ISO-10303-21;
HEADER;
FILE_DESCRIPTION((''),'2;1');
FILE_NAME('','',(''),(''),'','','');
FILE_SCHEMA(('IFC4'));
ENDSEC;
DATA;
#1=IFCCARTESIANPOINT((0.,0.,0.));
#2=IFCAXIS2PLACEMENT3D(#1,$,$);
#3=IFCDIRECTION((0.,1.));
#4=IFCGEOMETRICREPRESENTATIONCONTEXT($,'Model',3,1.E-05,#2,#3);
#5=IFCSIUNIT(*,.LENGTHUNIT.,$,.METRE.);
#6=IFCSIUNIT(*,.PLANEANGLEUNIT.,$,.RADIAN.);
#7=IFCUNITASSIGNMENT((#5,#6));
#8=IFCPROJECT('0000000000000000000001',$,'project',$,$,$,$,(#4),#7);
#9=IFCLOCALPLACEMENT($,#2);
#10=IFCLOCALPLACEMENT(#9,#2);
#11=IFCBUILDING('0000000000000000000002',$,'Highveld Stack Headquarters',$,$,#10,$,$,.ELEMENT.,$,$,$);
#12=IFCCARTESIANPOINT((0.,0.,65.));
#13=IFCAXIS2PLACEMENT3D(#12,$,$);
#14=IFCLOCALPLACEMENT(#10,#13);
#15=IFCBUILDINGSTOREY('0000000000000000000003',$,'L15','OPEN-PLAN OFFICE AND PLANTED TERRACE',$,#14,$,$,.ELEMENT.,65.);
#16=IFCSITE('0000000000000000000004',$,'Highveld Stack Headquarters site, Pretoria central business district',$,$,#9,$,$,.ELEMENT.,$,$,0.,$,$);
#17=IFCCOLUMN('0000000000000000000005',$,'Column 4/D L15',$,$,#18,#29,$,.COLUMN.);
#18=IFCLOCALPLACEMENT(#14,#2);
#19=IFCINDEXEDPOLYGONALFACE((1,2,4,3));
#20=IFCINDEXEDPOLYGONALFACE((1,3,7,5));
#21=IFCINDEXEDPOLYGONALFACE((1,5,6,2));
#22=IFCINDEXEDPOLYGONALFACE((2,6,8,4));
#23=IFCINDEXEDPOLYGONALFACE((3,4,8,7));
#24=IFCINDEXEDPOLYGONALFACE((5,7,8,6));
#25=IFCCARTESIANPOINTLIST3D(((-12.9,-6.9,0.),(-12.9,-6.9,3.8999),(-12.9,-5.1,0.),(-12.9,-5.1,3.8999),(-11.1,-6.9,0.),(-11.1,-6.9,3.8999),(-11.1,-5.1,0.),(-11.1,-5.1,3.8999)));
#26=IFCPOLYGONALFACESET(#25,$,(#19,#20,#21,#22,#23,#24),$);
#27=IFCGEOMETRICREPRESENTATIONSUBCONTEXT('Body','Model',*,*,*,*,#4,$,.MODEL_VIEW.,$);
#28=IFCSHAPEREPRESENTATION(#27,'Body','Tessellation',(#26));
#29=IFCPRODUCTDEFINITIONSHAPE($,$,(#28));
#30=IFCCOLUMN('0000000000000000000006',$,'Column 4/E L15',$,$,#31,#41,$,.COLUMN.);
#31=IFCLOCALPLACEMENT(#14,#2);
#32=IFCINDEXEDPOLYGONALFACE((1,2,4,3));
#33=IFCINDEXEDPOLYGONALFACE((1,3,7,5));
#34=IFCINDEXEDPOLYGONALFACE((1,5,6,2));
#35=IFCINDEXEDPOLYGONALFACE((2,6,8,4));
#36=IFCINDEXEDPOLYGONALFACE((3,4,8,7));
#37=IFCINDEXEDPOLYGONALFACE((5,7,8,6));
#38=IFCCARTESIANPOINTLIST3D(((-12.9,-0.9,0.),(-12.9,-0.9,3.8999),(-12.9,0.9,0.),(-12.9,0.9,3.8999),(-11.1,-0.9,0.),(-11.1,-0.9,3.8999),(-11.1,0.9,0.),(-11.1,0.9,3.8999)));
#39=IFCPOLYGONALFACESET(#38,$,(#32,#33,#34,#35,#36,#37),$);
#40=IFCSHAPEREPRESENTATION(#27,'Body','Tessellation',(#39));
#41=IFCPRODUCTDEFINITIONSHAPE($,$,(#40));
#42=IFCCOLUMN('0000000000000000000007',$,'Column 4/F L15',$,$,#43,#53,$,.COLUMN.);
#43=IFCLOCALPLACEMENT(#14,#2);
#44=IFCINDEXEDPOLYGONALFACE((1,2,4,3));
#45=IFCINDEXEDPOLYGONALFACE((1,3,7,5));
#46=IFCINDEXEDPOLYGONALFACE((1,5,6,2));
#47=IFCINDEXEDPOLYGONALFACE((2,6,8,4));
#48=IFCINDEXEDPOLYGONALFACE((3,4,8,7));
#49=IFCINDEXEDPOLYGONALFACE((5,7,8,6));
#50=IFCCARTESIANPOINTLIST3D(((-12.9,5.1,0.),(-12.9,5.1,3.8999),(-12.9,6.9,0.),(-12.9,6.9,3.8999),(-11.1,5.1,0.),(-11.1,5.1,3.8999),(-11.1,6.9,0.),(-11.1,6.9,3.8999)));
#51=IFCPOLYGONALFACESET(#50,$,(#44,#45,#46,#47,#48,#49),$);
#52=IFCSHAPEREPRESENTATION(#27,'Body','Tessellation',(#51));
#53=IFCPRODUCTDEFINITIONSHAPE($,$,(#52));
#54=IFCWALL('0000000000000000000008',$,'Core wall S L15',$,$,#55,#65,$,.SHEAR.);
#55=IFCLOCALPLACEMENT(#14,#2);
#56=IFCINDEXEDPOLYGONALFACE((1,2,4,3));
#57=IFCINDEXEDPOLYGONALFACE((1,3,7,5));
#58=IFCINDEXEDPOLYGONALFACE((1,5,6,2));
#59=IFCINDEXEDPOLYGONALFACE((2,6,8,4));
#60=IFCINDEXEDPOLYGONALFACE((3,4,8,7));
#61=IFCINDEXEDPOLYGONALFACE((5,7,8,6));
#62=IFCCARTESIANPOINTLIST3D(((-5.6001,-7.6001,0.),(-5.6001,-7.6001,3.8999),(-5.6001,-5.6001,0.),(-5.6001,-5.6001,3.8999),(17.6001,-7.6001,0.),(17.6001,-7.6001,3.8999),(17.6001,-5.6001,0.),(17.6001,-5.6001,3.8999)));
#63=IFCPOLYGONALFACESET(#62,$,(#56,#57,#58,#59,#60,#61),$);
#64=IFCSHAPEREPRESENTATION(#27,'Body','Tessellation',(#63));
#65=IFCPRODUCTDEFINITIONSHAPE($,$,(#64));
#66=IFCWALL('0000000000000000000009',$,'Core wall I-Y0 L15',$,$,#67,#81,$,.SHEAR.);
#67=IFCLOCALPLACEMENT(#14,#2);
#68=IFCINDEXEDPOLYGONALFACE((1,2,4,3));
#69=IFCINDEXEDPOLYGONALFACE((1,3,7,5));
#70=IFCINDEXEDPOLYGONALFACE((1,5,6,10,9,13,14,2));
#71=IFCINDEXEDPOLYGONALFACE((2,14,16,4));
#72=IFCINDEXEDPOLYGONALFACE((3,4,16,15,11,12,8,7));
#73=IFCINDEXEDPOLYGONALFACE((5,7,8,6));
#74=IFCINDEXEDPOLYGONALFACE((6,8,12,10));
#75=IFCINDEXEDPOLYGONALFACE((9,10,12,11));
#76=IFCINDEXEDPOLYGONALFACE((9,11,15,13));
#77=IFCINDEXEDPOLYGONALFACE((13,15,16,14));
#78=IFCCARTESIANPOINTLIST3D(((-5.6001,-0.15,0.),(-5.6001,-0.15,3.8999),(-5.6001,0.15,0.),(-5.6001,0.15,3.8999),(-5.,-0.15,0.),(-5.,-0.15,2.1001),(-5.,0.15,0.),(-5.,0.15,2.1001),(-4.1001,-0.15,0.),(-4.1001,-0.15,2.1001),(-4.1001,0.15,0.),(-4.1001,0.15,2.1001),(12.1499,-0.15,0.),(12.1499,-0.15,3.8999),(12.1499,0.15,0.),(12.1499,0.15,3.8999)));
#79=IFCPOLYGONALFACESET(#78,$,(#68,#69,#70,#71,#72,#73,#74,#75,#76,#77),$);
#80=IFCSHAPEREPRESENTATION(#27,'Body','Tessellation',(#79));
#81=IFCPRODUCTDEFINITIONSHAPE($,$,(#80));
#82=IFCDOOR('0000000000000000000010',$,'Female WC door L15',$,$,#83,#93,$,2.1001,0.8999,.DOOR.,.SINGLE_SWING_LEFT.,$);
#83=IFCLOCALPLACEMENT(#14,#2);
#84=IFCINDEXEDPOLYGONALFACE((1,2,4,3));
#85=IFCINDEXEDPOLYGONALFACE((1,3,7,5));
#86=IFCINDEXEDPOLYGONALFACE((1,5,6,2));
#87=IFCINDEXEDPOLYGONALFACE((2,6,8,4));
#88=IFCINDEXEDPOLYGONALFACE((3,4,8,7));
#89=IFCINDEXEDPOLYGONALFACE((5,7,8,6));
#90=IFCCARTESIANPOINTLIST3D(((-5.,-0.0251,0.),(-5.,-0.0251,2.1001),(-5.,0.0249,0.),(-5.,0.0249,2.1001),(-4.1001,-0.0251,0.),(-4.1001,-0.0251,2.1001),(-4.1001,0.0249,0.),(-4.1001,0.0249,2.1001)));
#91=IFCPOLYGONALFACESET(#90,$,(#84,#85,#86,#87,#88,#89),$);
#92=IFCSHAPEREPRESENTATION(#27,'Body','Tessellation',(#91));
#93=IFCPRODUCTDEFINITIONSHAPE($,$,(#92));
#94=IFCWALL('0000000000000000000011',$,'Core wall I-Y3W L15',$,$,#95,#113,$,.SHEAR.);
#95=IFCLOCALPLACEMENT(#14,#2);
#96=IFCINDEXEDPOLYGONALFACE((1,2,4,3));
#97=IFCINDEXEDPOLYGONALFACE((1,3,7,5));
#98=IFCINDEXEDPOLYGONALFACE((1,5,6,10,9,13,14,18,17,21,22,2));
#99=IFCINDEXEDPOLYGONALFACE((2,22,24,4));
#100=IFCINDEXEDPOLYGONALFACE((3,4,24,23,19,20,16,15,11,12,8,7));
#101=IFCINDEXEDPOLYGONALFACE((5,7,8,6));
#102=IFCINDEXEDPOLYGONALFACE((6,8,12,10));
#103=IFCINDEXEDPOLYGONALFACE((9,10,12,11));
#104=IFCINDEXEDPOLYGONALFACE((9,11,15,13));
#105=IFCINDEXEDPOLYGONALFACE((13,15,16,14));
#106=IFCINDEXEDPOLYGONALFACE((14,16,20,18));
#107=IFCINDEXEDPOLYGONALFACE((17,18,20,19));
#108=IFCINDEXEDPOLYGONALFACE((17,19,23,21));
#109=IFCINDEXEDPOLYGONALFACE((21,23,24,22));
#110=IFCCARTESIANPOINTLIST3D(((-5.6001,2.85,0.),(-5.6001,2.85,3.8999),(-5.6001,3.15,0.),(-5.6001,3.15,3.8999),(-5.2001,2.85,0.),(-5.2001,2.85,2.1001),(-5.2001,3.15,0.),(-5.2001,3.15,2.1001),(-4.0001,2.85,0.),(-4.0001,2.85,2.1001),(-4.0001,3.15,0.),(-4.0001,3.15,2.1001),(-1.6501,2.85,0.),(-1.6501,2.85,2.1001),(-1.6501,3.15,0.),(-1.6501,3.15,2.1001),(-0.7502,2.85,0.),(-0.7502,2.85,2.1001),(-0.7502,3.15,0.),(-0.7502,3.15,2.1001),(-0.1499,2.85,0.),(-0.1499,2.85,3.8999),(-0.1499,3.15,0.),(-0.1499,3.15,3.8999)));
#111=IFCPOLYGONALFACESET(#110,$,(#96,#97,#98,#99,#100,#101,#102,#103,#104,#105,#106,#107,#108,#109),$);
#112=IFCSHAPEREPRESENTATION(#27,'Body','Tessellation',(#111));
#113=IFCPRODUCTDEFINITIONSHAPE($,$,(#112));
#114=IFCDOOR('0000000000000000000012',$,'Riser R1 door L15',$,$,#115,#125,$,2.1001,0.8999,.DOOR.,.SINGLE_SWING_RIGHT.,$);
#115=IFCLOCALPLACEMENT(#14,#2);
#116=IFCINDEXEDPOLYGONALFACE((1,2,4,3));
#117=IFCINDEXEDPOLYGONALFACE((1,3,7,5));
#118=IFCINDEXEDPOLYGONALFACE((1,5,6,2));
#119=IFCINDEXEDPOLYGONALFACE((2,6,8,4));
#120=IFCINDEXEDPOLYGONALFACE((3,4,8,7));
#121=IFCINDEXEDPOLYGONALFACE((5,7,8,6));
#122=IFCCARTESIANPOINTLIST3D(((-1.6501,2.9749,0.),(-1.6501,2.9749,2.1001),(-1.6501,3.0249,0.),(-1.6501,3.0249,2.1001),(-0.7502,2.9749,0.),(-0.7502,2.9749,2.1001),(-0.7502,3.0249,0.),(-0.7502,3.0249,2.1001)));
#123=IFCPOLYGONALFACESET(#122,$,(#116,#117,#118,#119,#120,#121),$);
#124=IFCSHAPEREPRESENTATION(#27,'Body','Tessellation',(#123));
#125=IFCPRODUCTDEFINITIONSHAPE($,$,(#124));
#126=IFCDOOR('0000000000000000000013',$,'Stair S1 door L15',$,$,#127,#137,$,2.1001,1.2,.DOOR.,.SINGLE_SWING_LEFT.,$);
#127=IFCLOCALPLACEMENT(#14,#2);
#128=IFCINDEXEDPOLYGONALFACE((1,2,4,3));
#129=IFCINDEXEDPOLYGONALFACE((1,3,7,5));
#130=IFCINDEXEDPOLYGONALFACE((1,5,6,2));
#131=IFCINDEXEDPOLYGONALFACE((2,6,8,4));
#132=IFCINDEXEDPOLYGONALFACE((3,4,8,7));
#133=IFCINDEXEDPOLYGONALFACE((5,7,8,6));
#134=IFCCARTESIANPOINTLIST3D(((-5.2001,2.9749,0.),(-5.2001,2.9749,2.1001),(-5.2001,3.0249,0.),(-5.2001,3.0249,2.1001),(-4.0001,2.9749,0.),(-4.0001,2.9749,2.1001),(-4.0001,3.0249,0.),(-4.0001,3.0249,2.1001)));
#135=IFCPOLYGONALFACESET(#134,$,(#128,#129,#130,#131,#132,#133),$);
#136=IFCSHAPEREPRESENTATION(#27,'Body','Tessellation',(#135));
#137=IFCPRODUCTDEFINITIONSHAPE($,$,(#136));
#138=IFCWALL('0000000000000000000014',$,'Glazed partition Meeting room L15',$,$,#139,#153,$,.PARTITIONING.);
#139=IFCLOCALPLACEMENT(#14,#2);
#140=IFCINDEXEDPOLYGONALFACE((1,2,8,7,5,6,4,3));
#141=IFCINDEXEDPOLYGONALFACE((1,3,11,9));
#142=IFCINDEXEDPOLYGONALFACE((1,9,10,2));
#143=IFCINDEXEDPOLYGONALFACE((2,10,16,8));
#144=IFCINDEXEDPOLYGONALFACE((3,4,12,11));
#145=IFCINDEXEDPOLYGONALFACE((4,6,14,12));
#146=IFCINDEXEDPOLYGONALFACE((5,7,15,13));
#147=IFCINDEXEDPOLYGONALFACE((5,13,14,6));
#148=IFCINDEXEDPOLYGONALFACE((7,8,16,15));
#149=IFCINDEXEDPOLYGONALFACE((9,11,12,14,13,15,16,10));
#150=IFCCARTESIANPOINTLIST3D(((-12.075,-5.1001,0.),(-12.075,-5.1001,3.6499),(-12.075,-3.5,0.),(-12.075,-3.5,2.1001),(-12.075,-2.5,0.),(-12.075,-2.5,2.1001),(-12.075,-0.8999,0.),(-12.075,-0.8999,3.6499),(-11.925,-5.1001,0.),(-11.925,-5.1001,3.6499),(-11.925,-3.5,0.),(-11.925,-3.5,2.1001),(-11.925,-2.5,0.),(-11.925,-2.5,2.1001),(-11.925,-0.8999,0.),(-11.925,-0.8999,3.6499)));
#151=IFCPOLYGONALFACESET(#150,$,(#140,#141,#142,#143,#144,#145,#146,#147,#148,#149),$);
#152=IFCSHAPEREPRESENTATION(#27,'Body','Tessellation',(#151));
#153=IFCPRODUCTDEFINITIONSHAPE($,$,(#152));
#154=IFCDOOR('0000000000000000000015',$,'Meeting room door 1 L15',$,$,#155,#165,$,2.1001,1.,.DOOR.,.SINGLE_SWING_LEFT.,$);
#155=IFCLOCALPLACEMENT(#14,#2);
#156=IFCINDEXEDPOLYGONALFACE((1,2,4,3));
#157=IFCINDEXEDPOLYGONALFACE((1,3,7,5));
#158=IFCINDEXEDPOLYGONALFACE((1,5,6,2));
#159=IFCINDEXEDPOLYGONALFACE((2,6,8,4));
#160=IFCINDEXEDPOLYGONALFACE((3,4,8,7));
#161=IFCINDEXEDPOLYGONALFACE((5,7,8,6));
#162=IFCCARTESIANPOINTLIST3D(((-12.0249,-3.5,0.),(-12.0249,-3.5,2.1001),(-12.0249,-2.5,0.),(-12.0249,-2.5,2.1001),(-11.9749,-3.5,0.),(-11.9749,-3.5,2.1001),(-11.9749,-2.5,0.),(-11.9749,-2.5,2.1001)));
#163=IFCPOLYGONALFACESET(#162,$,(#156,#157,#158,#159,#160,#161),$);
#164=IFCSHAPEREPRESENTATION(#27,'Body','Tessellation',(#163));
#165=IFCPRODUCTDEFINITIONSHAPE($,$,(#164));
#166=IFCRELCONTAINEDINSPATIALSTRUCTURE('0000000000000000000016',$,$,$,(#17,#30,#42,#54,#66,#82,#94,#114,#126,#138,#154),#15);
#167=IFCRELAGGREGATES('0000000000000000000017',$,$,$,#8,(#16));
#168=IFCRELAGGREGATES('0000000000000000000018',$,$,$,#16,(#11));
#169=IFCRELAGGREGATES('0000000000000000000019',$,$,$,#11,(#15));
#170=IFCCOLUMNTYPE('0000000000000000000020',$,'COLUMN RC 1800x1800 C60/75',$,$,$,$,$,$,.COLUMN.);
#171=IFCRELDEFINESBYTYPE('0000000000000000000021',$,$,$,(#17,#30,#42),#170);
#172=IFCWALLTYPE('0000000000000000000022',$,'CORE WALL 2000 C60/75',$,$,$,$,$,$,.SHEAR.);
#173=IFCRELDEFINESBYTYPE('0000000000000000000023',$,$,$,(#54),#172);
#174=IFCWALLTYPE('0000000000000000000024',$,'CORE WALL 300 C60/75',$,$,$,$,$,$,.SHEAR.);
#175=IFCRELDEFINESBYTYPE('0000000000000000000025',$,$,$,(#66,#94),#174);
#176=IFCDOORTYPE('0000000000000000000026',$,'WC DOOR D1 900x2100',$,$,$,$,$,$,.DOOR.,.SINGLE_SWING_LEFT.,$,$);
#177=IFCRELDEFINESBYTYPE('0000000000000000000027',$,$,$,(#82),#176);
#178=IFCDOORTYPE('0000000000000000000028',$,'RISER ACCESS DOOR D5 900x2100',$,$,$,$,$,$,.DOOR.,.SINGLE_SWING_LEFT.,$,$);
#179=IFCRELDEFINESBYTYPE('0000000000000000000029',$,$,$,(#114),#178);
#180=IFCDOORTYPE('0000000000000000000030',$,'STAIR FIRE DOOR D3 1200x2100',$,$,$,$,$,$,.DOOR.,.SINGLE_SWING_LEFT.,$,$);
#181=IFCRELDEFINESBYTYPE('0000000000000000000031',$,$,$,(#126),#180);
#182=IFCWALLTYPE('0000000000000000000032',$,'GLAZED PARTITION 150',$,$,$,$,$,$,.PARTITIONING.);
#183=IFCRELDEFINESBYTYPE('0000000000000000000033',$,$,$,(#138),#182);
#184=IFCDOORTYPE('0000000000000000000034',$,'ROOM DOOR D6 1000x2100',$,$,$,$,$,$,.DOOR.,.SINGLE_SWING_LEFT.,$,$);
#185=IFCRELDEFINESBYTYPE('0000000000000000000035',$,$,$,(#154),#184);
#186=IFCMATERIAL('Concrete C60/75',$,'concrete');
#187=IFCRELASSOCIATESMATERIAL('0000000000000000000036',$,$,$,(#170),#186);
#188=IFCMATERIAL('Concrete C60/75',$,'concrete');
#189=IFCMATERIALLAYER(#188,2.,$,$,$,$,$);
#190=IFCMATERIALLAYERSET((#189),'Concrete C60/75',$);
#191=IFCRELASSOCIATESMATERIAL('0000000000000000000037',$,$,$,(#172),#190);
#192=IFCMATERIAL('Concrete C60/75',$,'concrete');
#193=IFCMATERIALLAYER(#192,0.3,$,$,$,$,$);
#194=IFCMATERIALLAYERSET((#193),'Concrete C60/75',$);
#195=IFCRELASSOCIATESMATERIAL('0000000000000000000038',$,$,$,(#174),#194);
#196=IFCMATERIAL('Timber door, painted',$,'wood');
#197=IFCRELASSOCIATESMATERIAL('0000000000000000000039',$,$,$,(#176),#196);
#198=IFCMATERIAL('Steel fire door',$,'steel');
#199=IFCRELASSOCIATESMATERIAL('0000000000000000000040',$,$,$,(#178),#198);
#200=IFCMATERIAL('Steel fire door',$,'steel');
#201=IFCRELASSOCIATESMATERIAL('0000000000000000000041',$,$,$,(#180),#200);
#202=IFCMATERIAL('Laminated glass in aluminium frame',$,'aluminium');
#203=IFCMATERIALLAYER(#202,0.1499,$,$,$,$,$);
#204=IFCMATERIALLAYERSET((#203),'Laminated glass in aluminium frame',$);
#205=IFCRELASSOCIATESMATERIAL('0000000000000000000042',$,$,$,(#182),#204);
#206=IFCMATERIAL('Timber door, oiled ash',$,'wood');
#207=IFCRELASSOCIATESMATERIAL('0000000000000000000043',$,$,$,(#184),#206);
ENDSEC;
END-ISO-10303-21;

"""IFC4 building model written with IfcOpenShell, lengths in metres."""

from ifc_helpers import new_model, si_unit, direction, frame, frame_2d, origin, origin_2d, place, context, subcontext, project, spatial, rectangle, extrude, material, layer, layer_set, material_profile, profile_set, type_object, element, fill, save


model = new_model("IFC4")

# Units and contexts
model_context = context("Model", 3, precision=1e-05, world=origin(), true_north=direction((0.0, 1.0)))
body_context = subcontext(model_context, "Body", "Model", "MODEL_VIEW")
ifc_project = project(units=[si_unit("LENGTHUNIT", "METRE"), si_unit("PLANEANGLEUNIT", "RADIAN")], contexts=[model_context])

# Site, building, storey
site_placement = place(None, origin())
site = spatial("IfcSite", under=ifc_project, at=site_placement, Name="Highveld Stack Headquarters site, Pretoria central business district", CompositionType="ELEMENT", RefElevation=0.0)
building_placement = place(site_placement, origin())
building = spatial("IfcBuilding", under=site, at=building_placement, Name="Highveld Stack Headquarters", CompositionType="ELEMENT")
storey_placement = place(building_placement, frame((0.0, 0.0, 65.0)))
storey = spatial("IfcBuildingStorey", under=building, at=storey_placement, Name="L15", Description="OPEN-PLAN OFFICE AND PLANTED TERRACE", CompositionType="ELEMENT", Elevation=65.0)

# Columns
ifc_material_1 = material(Name="Concrete C60/75", Category="concrete")
ifc_material_profile = material_profile(ifc_material_1, rectangle(XDim=1.8, YDim=1.8, at=origin_2d()), Name="RC 1800x1800")
ifc_profile_set = profile_set([ifc_material_profile], Name="Concrete C60/75")
column_type = type_object("IfcColumnType", Name="COLUMN RC 1800x1800 C60/75", PredefinedType="COLUMN", material=ifc_profile_set)
for number, where, z_axis, x_axis, name in (
    (1, (-12.0, -6.0, 0.0), (0.0, 0.0, 1.0), (1.0, 0.0, 0.0), "Column 4/D L15"),
    (2, (-12.0, 0.0, 0.0), (0.0, 0.0, 1.0), (1.0, 0.0, 0.0), "Column 4/E L15"),
    (3, (-12.0, 6.0, 0.0), (0.0, 0.0, 1.0), (1.0, 0.0, 0.0), "Column 4/F L15"),
):
    element("IfcColumn", number, at=place(storey_placement, frame(where, z_axis=z_axis, x_axis=x_axis)), inside=storey, type_object=column_type, Name=name, PredefinedType="COLUMN", context=body_context, shape_type="SweptSolid", body=[
        extrude(rectangle(XDim=1.8, YDim=1.8, at=origin_2d()), origin(), (0.0, 0.0, 1.0), 3.8999),
    ])

# Wall
ifc_material_2 = material(Name="Concrete C60/75", Category="concrete")
ifc_layer_1 = layer(ifc_material_2, 2.0)
ifc_layer_set_1 = layer_set([ifc_layer_1], Name="Concrete C60/75")
wall_type_1 = type_object("IfcWallType", Name="CORE WALL 2000 C60/75", PredefinedType="SHEAR", material=ifc_layer_set_1)
wall_1_placement = place(storey_placement, frame((-5.6001, -6.6001, 0.0), z_axis=(0.0, 0.0, 1.0), x_axis=(1.0, 0.0, 0.0)))
element("IfcWall", 4, at=wall_1_placement, inside=storey, type_object=wall_type_1, Name="Core wall S L15", PredefinedType="SHEAR", context=body_context, shape_type="SweptSolid", body=[
    extrude(rectangle(XDim=23.2002, YDim=2.0, at=frame_2d((11.6001, 0.0))), origin(), (0.0, 0.0, 1.0), 3.8999),
])

# Wall, opening, door
ifc_material_3 = material(Name="Concrete C60/75", Category="concrete")
ifc_layer_2 = layer(ifc_material_3, 0.3)
ifc_layer_set_2 = layer_set([ifc_layer_2], Name="Concrete C60/75")
wall_type_2 = type_object("IfcWallType", Name="CORE WALL 300 C60/75", PredefinedType="SHEAR", material=ifc_layer_set_2)
wall_2_placement = place(storey_placement, frame((-5.6001, 0.0, 0.0), z_axis=(0.0, 0.0, 1.0), x_axis=(1.0, 0.0, 0.0)))
wall_2 = element("IfcWall", 5, at=wall_2_placement, inside=storey, type_object=wall_type_2, Name="Core wall I-Y0 L15", PredefinedType="SHEAR", context=body_context, shape_type="SweptSolid", body=[
    extrude(rectangle(XDim=17.75, YDim=0.3, at=frame_2d((8.875, 0.0))), origin(), (0.0, 0.0, 1.0), 3.8999),
])
opening_1_placement = place(wall_2_placement, frame((0.6001, 0.0, 0.0)))
opening_1 = element("IfcOpeningElement", 6, at=opening_1_placement, cuts=wall_2, PredefinedType="OPENING", context=body_context, shape_type="SweptSolid", body=[
    extrude(rectangle(XDim=0.8999, YDim=2.1001, at=frame_2d((0.45, 1.05))), frame((0.0, 0.1599, 0.0), z_axis=(0.0, -1.0, 0.0), x_axis=(1.0, 0.0, 0.0)), (0.0, 0.0, 1.0), 0.3201),
])
ifc_material_4 = material(Name="Timber door, painted", Category="wood")
door_type_1 = type_object("IfcDoorType", Name="WC DOOR D1 900x2100", OperationType="SINGLE_SWING_LEFT", PredefinedType="DOOR", material=ifc_material_4)
door_1_placement = place(opening_1_placement, origin())
door_1 = element("IfcDoor", 7, at=door_1_placement, inside=storey, type_object=door_type_1, Name="Female WC door L15", OperationType="SINGLE_SWING_LEFT", OverallHeight=2.1001, OverallWidth=0.8999, PredefinedType="DOOR", context=body_context, shape_type="SweptSolid", body=[
    extrude(rectangle(XDim=0.8999, YDim=2.1001, at=frame_2d((0.45, 1.05))), frame((0.0, 0.0249, 0.0), z_axis=(0.0, -1.0, 0.0), x_axis=(1.0, 0.0, 0.0)), (0.0, 0.0, 1.0), 0.05),
])
fill(opening_1, door_1)

# Wall, openings, doors
wall_3_placement = place(storey_placement, frame((-5.6001, 3.0, 0.0), z_axis=(0.0, 0.0, 1.0), x_axis=(1.0, 0.0, 0.0)))
wall_3 = element("IfcWall", 8, at=wall_3_placement, inside=storey, type_object=wall_type_2, Name="Core wall I-Y3W L15", PredefinedType="SHEAR", context=body_context, shape_type="SweptSolid", body=[
    extrude(rectangle(XDim=5.4502, YDim=0.3, at=frame_2d((2.7251, 0.0))), origin(), (0.0, 0.0, 1.0), 3.8999),
])
opening_2_placement = place(wall_3_placement, frame((0.3999, 0.0, 0.0)))
opening_2 = element("IfcOpeningElement", 9, at=opening_2_placement, cuts=wall_3, PredefinedType="OPENING", context=body_context, shape_type="SweptSolid", body=[
    extrude(rectangle(XDim=1.2, YDim=2.1001, at=frame_2d((0.6001, 1.05))), frame((0.0, 0.1599, 0.0), z_axis=(0.0, -1.0, 0.0), x_axis=(1.0, 0.0, 0.0)), (0.0, 0.0, 1.0), 0.3201),
])
opening_3_placement = place(wall_3_placement, frame((3.95, 0.0, 0.0)))
opening_3 = element("IfcOpeningElement", 10, at=opening_3_placement, cuts=wall_3, PredefinedType="OPENING", context=body_context, shape_type="SweptSolid", body=[
    extrude(rectangle(XDim=0.8999, YDim=2.1001, at=frame_2d((0.45, 1.05))), frame((0.0, 0.1599, 0.0), z_axis=(0.0, -1.0, 0.0), x_axis=(1.0, 0.0, 0.0)), (0.0, 0.0, 1.0), 0.3201),
])
ifc_material_5 = material(Name="Steel fire door", Category="steel")
door_type_2 = type_object("IfcDoorType", Name="RISER ACCESS DOOR D5 900x2100", OperationType="SINGLE_SWING_LEFT", PredefinedType="DOOR", material=ifc_material_5)
door_2_placement = place(opening_3_placement, origin())
door_2 = element("IfcDoor", 11, at=door_2_placement, inside=storey, type_object=door_type_2, Name="Riser R1 door L15", OperationType="SINGLE_SWING_RIGHT", OverallHeight=2.1001, OverallWidth=0.8999, PredefinedType="DOOR", context=body_context, shape_type="SweptSolid", body=[
    extrude(rectangle(XDim=0.8999, YDim=2.1001, at=frame_2d((0.45, 1.05))), frame((0.0, 0.0249, 0.0), z_axis=(0.0, -1.0, 0.0), x_axis=(1.0, 0.0, 0.0)), (0.0, 0.0, 1.0), 0.05),
])
fill(opening_3, door_2)
ifc_material_6 = material(Name="Steel fire door", Category="steel")
door_type_3 = type_object("IfcDoorType", Name="STAIR FIRE DOOR D3 1200x2100", OperationType="SINGLE_SWING_LEFT", PredefinedType="DOOR", material=ifc_material_6)
door_3_placement = place(opening_2_placement, origin())
door_3 = element("IfcDoor", 12, at=door_3_placement, inside=storey, type_object=door_type_3, Name="Stair S1 door L15", OperationType="SINGLE_SWING_LEFT", OverallHeight=2.1001, OverallWidth=1.2, PredefinedType="DOOR", context=body_context, shape_type="SweptSolid", body=[
    extrude(rectangle(XDim=1.2, YDim=2.1001, at=frame_2d((0.6001, 1.05))), frame((0.0, 0.0249, 0.0), z_axis=(0.0, -1.0, 0.0), x_axis=(1.0, 0.0, 0.0)), (0.0, 0.0, 1.0), 0.05),
])
fill(opening_2, door_3)

# Wall, opening, door
ifc_material_7 = material(Name="Laminated glass in aluminium frame", Category="aluminium")
ifc_layer_3 = layer(ifc_material_7, 0.1499)
ifc_layer_set_3 = layer_set([ifc_layer_3], Name="Laminated glass in aluminium frame")
wall_type_3 = type_object("IfcWallType", Name="GLAZED PARTITION 150", PredefinedType="PARTITIONING", material=ifc_layer_set_3)
wall_4_placement = place(storey_placement, frame((-12.0, -5.1001, 0.0), z_axis=(0.0, 0.0, 1.0), x_axis=(0.0, 1.0, 0.0)))
wall_4 = element("IfcWall", 13, at=wall_4_placement, inside=storey, type_object=wall_type_3, Name="Glazed partition Meeting room L15", PredefinedType="PARTITIONING", context=body_context, shape_type="SweptSolid", body=[
    extrude(rectangle(XDim=4.2002, YDim=0.1499, at=frame_2d((2.1001, 0.0))), origin(), (0.0, 0.0, 1.0), 3.6499),
])
opening_4_placement = place(wall_4_placement, frame((1.6001, 0.0, 0.0)))
opening_4 = element("IfcOpeningElement", 14, at=opening_4_placement, cuts=wall_4, PredefinedType="OPENING", context=body_context, shape_type="SweptSolid", body=[
    extrude(rectangle(XDim=1.0, YDim=2.1001, at=frame_2d((0.5, 1.05))), frame((0.0, 0.085, 0.0), z_axis=(0.0, -1.0, 0.0), x_axis=(1.0, 0.0, 0.0)), (0.0, 0.0, 1.0), 0.1699),
])
ifc_material_8 = material(Name="Timber door, oiled ash", Category="wood")
door_type_4 = type_object("IfcDoorType", Name="ROOM DOOR D6 1000x2100", OperationType="SINGLE_SWING_LEFT", PredefinedType="DOOR", material=ifc_material_8)
door_4_placement = place(opening_4_placement, origin())
door_4 = element("IfcDoor", 15, at=door_4_placement, inside=storey, type_object=door_type_4, Name="Meeting room door 1 L15", OperationType="SINGLE_SWING_LEFT", OverallHeight=2.1001, OverallWidth=1.0, PredefinedType="DOOR", context=body_context, shape_type="SweptSolid", body=[
    extrude(rectangle(XDim=1.0, YDim=2.1001, at=frame_2d((0.5, 1.05))), frame((0.0, 0.0249, 0.0), z_axis=(0.0, -1.0, 0.0), x_axis=(1.0, 0.0, 0.0)), (0.0, 0.0, 1.0), 0.05),
])
fill(opening_4, door_4)

save(model, "model.ifc")
